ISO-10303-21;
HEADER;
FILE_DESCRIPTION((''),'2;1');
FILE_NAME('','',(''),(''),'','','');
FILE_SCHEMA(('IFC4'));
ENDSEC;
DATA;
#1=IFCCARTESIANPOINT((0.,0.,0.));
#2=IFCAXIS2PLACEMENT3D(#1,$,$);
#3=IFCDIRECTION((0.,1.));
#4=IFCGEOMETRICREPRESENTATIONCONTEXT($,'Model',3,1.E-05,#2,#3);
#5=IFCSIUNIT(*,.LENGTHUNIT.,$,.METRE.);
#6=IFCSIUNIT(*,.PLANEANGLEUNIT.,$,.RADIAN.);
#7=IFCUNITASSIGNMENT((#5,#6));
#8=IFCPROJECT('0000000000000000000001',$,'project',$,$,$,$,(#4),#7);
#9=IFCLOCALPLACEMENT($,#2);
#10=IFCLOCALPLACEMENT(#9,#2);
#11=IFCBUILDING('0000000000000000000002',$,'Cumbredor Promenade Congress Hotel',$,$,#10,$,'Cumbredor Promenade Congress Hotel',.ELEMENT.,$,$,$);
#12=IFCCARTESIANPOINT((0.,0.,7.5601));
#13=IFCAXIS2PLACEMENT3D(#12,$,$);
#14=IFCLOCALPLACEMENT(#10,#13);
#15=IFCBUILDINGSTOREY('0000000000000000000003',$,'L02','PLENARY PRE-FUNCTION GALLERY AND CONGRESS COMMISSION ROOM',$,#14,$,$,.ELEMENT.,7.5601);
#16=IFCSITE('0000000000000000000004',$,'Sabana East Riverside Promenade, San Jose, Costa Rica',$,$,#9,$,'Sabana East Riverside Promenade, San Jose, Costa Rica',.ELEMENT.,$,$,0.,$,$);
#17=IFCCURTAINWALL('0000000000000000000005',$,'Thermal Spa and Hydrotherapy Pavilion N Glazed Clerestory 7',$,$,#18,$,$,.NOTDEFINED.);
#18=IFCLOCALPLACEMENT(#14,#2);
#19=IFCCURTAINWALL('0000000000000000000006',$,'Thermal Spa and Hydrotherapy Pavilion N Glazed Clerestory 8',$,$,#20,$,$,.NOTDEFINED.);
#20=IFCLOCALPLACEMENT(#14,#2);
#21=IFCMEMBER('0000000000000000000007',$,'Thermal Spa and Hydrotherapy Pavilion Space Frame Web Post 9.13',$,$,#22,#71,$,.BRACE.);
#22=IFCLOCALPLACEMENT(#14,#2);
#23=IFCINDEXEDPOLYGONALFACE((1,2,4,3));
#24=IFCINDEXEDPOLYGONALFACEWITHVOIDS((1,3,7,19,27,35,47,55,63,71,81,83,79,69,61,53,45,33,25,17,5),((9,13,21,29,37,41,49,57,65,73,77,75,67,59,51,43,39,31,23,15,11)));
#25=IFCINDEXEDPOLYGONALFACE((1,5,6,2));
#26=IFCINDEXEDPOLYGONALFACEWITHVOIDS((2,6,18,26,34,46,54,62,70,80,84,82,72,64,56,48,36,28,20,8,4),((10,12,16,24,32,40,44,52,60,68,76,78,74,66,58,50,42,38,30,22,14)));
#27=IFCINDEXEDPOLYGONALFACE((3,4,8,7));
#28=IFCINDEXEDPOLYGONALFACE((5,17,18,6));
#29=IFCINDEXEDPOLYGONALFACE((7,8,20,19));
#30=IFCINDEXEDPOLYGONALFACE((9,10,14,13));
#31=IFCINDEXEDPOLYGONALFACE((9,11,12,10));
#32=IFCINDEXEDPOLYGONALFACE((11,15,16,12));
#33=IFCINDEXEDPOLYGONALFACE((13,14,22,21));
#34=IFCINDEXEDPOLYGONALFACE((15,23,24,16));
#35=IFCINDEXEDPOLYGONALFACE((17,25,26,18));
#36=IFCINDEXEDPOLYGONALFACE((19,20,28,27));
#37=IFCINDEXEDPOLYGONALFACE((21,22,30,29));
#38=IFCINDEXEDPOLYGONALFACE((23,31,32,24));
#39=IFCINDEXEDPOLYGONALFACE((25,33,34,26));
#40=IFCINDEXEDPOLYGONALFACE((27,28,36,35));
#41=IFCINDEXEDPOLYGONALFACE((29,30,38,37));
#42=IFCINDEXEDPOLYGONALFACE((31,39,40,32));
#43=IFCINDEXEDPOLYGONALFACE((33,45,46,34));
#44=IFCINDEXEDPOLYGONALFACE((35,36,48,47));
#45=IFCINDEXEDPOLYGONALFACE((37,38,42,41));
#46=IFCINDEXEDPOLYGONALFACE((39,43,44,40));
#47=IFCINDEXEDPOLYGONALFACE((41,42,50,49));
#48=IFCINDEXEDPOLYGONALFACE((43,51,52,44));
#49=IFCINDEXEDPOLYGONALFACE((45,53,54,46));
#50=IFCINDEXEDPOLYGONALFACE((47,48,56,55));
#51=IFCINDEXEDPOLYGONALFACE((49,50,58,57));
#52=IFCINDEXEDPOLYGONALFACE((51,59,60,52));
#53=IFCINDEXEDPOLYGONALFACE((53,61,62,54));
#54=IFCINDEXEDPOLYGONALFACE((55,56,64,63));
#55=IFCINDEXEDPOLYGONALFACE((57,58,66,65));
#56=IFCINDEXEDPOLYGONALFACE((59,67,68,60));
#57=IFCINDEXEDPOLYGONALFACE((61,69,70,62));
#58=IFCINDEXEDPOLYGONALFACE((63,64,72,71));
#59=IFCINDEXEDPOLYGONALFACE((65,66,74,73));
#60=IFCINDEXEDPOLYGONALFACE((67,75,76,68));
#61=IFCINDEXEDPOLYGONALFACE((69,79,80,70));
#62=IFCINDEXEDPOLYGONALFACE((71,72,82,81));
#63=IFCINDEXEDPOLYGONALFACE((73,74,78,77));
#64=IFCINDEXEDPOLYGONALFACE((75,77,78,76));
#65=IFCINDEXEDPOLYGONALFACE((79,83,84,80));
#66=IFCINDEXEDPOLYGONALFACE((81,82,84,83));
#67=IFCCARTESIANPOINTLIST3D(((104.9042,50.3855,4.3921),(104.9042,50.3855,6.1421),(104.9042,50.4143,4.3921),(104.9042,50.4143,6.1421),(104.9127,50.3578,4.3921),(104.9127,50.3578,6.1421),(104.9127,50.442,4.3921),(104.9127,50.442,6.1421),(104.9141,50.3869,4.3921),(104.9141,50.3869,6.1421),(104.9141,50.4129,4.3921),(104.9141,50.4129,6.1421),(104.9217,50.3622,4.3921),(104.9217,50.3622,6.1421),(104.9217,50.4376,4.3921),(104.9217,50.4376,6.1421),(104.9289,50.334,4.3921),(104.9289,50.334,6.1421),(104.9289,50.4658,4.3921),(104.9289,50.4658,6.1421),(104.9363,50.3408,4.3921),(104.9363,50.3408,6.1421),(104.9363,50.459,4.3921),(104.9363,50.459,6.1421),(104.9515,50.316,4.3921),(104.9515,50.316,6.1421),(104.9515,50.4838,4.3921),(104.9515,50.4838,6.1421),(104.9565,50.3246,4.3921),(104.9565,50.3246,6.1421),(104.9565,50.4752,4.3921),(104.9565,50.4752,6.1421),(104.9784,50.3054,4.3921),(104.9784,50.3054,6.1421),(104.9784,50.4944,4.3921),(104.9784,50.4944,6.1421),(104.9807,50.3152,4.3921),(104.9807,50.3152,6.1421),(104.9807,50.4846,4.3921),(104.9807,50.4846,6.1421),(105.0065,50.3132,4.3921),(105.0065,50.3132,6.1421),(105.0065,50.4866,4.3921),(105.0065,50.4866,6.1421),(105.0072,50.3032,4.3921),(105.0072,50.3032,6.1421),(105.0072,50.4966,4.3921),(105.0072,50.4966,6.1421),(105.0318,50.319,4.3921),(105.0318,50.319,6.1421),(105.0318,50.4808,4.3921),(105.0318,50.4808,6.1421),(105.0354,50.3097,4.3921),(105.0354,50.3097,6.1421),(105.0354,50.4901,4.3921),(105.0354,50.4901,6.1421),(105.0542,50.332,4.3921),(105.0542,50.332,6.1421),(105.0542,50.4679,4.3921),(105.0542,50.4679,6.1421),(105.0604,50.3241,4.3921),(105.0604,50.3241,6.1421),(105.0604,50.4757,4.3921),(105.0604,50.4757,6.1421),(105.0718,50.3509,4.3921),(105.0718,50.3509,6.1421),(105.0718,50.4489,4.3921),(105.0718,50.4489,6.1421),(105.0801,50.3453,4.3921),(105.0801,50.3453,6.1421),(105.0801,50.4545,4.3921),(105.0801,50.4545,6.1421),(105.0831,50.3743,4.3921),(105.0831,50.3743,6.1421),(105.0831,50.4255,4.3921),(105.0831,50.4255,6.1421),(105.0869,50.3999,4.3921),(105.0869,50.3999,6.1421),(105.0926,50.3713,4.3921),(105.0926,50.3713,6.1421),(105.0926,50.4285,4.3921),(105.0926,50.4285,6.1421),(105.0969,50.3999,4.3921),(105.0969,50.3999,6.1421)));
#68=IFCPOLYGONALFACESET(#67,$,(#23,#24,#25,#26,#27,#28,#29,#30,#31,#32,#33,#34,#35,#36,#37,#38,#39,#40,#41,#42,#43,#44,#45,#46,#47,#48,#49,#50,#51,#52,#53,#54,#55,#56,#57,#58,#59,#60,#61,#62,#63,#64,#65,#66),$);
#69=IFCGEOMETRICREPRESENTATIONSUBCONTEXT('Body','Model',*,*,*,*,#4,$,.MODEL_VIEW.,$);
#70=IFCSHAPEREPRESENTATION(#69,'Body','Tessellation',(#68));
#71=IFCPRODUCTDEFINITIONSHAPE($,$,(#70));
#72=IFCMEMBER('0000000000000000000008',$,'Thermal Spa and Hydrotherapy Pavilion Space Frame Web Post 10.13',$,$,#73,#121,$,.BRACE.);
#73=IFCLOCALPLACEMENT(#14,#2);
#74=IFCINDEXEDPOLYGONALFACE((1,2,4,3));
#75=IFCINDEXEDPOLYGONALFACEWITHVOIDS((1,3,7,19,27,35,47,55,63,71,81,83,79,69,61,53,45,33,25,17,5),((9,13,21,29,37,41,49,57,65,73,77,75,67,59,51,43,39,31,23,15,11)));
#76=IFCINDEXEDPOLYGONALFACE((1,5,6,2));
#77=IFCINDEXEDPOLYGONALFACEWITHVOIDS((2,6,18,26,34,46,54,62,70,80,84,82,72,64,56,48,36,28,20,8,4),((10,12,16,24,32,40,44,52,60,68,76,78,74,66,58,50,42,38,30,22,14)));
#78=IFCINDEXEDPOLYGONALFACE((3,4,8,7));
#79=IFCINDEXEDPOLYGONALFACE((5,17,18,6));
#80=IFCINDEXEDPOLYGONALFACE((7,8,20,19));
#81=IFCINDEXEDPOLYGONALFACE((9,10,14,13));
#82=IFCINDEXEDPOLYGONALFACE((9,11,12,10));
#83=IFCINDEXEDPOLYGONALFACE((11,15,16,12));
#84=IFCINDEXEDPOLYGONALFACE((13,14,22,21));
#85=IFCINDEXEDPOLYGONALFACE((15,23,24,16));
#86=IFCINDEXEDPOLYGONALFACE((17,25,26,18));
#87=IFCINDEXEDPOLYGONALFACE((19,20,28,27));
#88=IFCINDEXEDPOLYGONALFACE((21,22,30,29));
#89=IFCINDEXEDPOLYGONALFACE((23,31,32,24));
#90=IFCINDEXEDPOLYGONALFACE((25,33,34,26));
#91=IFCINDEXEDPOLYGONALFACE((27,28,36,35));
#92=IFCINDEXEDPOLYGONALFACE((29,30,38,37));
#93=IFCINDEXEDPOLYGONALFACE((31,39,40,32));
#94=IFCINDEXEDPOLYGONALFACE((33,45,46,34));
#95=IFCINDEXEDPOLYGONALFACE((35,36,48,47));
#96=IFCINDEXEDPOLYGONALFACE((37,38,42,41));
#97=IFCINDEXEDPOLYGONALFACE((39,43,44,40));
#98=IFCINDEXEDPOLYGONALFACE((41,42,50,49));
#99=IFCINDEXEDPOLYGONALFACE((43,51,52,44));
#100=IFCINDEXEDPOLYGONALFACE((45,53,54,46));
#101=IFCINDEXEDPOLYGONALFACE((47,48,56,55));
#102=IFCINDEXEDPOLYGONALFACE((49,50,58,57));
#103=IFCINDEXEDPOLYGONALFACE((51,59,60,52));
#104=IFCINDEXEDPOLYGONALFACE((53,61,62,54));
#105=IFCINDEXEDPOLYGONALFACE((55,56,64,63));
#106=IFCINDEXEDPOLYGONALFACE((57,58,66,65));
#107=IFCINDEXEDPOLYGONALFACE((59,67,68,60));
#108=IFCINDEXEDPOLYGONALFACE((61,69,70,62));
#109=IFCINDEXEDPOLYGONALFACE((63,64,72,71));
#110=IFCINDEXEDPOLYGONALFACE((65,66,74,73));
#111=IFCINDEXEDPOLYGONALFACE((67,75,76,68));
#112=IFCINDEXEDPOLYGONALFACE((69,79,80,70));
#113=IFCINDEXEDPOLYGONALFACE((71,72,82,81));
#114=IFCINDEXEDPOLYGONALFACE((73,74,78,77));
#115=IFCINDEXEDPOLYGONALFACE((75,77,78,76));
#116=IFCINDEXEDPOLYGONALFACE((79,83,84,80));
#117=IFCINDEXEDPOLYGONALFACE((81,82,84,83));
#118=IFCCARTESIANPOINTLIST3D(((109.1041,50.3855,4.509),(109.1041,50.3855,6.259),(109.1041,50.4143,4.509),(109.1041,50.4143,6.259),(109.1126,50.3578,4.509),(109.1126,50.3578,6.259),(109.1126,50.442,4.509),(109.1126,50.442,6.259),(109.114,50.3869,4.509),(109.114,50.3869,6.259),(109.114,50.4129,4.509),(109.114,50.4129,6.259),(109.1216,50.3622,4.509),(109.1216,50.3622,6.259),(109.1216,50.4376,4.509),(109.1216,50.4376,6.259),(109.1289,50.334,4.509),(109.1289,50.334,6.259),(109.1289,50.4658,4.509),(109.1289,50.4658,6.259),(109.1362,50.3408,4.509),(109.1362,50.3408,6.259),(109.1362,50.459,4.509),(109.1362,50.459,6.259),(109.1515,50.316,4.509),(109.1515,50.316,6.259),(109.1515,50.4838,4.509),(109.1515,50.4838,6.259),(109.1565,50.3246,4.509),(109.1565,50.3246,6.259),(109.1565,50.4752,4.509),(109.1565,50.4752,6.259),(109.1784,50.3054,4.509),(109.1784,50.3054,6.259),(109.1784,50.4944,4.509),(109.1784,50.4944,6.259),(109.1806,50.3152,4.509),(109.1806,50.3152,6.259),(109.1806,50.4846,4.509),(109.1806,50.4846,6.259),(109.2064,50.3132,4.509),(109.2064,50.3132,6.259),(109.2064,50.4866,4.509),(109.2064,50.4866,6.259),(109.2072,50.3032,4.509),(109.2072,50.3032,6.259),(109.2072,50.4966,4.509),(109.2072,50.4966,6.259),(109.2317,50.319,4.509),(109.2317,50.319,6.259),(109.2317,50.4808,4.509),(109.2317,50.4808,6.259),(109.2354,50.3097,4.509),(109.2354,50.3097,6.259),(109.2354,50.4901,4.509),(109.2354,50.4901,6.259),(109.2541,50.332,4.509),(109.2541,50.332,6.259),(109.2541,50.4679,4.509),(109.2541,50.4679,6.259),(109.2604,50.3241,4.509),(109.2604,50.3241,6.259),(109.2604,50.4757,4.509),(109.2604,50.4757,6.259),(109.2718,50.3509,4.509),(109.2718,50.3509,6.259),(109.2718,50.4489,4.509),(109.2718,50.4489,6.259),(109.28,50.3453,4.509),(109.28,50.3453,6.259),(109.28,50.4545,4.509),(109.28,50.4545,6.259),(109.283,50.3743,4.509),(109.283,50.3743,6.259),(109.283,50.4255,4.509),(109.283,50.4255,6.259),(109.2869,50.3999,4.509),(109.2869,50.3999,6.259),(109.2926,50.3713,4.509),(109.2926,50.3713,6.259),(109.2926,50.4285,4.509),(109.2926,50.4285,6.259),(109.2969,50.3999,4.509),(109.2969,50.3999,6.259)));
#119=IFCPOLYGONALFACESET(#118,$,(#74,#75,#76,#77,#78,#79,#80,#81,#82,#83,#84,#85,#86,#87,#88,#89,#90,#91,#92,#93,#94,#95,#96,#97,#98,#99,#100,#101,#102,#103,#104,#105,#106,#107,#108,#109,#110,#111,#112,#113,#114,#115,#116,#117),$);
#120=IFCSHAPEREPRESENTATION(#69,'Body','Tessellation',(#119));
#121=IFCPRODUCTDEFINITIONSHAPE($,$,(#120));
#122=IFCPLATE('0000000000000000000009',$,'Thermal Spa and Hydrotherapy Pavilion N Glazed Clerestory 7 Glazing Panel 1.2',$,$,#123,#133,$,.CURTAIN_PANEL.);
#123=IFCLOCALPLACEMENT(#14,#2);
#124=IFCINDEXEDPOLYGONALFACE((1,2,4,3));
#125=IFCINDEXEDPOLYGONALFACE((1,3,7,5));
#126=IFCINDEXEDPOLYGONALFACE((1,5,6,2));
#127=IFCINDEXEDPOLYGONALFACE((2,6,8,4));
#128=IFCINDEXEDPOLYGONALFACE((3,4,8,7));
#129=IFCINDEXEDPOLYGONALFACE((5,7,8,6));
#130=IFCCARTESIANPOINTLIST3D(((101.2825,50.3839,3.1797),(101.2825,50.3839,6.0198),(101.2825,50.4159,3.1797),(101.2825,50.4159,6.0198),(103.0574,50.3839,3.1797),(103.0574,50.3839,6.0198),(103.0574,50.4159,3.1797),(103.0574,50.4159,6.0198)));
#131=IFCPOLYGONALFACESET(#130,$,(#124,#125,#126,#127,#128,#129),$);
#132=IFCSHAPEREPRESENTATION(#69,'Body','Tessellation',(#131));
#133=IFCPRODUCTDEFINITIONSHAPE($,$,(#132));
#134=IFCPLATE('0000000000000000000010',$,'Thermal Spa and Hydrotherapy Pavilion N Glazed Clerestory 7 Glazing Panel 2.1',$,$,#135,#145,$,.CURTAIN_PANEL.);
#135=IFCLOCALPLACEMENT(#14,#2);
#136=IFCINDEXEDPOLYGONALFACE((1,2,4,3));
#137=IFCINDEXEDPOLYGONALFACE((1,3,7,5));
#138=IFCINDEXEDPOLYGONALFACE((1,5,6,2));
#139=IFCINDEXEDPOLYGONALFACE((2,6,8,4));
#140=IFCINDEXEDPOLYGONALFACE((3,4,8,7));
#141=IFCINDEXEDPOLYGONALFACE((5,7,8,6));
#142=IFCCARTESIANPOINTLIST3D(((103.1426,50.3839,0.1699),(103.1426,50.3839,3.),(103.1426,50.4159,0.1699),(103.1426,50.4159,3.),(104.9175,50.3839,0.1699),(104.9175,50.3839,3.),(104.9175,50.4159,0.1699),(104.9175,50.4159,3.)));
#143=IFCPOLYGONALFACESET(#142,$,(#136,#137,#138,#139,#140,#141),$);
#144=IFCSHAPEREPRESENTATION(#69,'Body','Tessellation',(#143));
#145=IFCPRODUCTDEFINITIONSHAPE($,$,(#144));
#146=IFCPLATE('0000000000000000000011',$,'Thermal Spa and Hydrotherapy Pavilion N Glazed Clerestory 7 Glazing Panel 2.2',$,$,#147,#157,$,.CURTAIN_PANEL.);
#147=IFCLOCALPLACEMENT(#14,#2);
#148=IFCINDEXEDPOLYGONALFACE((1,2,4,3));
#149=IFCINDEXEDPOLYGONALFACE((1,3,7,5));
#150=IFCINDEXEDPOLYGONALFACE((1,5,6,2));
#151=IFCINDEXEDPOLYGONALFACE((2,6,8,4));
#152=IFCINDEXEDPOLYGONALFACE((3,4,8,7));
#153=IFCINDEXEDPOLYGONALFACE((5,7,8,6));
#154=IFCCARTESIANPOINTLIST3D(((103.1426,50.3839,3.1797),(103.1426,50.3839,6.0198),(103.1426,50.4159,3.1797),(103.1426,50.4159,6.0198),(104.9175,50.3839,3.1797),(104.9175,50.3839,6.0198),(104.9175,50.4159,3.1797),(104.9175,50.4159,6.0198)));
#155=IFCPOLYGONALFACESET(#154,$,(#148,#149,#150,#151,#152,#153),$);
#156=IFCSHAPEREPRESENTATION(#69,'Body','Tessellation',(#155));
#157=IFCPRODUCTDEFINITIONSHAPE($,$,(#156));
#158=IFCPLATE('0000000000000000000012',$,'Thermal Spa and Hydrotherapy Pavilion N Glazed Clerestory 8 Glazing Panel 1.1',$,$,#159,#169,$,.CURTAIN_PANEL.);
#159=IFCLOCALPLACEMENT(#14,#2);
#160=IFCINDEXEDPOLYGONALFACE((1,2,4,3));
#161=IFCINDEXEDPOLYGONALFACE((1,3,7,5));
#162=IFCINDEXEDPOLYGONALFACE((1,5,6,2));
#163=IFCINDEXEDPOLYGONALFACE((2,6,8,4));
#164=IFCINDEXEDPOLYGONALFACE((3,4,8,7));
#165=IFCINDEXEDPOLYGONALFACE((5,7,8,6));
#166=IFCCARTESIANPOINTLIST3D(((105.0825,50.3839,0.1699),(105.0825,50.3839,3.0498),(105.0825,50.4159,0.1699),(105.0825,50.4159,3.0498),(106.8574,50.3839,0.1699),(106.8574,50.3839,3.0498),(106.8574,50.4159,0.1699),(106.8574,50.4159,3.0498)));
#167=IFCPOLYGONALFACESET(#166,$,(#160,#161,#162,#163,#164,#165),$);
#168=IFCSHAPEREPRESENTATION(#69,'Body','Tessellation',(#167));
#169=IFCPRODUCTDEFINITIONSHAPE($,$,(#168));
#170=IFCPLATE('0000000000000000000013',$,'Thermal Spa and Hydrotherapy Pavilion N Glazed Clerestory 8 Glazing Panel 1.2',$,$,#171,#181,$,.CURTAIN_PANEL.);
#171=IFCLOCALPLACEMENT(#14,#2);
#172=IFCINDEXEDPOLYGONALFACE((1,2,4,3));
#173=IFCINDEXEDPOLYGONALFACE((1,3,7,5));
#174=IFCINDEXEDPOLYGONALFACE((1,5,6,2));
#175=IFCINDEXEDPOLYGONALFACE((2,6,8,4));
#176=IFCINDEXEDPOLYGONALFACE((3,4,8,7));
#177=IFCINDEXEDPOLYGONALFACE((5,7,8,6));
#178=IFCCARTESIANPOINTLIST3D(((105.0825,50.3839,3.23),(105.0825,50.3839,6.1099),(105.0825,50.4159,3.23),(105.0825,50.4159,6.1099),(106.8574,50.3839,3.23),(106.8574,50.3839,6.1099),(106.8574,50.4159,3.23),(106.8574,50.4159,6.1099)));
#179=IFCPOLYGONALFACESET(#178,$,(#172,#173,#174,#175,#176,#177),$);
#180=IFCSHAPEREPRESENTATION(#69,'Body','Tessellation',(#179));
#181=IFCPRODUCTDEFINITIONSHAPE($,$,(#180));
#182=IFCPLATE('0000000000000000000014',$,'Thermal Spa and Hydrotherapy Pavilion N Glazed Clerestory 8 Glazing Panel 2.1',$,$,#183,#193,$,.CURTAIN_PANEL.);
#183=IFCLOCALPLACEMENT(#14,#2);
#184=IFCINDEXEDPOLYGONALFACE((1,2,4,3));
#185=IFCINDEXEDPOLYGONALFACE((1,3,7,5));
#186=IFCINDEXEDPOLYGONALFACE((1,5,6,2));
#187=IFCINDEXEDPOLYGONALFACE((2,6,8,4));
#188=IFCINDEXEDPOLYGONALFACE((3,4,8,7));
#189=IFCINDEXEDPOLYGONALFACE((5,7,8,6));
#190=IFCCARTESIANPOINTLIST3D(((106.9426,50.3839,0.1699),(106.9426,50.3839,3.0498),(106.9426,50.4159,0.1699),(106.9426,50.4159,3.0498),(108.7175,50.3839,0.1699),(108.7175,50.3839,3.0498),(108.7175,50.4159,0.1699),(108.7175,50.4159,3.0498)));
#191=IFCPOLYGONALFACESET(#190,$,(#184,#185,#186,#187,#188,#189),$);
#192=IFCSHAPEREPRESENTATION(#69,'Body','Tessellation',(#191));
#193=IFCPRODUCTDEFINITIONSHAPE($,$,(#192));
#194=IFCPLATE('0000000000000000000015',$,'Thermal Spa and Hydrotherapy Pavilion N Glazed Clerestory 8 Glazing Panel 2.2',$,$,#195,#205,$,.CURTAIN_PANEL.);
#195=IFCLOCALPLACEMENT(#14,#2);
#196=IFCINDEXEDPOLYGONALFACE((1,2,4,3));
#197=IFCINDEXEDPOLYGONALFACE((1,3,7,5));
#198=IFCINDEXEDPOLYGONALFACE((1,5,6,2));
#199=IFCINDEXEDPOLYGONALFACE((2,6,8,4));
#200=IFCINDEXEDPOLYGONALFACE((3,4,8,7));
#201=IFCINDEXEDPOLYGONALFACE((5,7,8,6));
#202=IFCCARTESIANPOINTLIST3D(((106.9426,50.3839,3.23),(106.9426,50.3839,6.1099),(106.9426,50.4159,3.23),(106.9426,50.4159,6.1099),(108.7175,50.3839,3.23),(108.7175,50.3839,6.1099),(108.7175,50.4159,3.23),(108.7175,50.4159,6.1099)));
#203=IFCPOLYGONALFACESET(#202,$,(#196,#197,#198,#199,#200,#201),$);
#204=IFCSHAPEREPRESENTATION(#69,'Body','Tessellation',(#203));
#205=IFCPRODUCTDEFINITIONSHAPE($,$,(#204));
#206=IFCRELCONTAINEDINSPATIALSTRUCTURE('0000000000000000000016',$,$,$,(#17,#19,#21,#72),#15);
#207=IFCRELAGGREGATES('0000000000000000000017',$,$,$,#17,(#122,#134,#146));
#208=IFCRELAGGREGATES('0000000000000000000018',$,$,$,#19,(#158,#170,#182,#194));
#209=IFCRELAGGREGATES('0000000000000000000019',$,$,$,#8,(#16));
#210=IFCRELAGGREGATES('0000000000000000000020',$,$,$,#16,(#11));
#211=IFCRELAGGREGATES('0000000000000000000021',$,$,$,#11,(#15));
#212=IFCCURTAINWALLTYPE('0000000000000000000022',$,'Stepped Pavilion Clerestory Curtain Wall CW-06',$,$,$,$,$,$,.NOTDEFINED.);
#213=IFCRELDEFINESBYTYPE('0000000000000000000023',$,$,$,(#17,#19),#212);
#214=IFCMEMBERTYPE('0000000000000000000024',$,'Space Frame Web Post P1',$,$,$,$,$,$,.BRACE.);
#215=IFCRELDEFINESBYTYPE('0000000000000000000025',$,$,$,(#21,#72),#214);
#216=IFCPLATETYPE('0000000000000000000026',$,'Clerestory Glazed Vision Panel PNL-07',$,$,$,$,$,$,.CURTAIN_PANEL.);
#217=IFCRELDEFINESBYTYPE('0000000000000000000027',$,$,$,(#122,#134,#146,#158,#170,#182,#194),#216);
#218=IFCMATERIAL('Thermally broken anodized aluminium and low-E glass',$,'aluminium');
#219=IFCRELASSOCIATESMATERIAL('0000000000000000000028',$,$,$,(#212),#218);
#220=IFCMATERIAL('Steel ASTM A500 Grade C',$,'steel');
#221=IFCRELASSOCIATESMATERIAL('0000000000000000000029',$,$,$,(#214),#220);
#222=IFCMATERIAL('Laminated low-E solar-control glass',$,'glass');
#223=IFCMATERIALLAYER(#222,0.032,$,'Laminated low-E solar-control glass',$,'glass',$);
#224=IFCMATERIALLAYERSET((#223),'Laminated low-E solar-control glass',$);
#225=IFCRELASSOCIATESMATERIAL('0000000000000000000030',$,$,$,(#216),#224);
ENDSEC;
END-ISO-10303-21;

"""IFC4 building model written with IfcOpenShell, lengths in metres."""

from ifc_helpers import new_model, si_unit, direction, frame, origin, origin_2d, place, context, subcontext, project, spatial, rectangle, hollow_circle, extrude, material, layer, layer_set, material_profile, profile_set, type_object, element, aggregate, save


model = new_model("IFC4")

# Units and contexts
model_context = context("Model", 3, precision=1e-05, world=origin(), true_north=direction((0.0, 1.0)))
body_context = subcontext(model_context, "Body", "Model", "MODEL_VIEW")
ifc_project = project(units=[si_unit("LENGTHUNIT", "METRE"), si_unit("PLANEANGLEUNIT", "RADIAN")], contexts=[model_context])

# Site, building, storey
site_placement = place(None, origin())
site = spatial("IfcSite", under=ifc_project, at=site_placement, Name="Sabana East Riverside Promenade, San Jose, Costa Rica", LongName="Sabana East Riverside Promenade, San Jose, Costa Rica", CompositionType="ELEMENT", RefElevation=0.0)
building_placement = place(site_placement, origin())
building = spatial("IfcBuilding", under=site, at=building_placement, Name="Cumbredor Promenade Congress Hotel", LongName="Cumbredor Promenade Congress Hotel", CompositionType="ELEMENT")
storey_placement = place(building_placement, frame((0.0, 0.0, 7.5601)))
storey = spatial("IfcBuildingStorey", under=building, at=storey_placement, Name="L02", Description="PLENARY PRE-FUNCTION GALLERY AND CONGRESS COMMISSION ROOM", CompositionType="ELEMENT", Elevation=7.5601)

# Curtain walls
ifc_material_1 = material(Name="Thermally broken anodized aluminium and low-E glass", Category="aluminium")
curtain_wall_type = type_object("IfcCurtainWallType", Name="Stepped Pavilion Clerestory Curtain Wall CW-06", PredefinedType="NOTDEFINED", material=ifc_material_1)
curtain_wall_1_placement = place(storey_placement, origin())
curtain_wall_1 = element("IfcCurtainWall", 1, at=curtain_wall_1_placement, inside=storey, type_object=curtain_wall_type, Name="Thermal Spa and Hydrotherapy Pavilion N Glazed Clerestory 7", PredefinedType="NOTDEFINED")
curtain_wall_2_placement = place(storey_placement, origin())
curtain_wall_2 = element("IfcCurtainWall", 2, at=curtain_wall_2_placement, inside=storey, type_object=curtain_wall_type, Name="Thermal Spa and Hydrotherapy Pavilion N Glazed Clerestory 8", PredefinedType="NOTDEFINED")

# Members
ifc_material_2 = material(Name="Steel ASTM A500 Grade C", Category="steel")
ifc_material_profile_1 = material_profile(ifc_material_2, hollow_circle(Radius=0.0969, WallThickness=0.01, at=origin_2d()), Name="CHS 193.7x10")
ifc_profile_set_1 = profile_set([ifc_material_profile_1], Name="Steel ASTM A500 Grade C")
member_type_1 = type_object("IfcMemberType", Name="Space Frame Web Post P1", PredefinedType="BRACE", material=ifc_profile_set_1)
for number, where, z_axis, x_axis, name in (
    (3, (105.0, 50.3999, 4.3921), (0.0, 0.0, 1.0), (1.0, 0.0, 0.0), "Thermal Spa and Hydrotherapy Pavilion Space Frame Web Post 9.13"),
    (4, (109.2, 50.3999, 4.509), (0.0, 0.0, 1.0), (1.0, 0.0, 0.0), "Thermal Spa and Hydrotherapy Pavilion Space Frame Web Post 10.13"),
):
    element("IfcMember", number, at=place(storey_placement, frame(where, z_axis=z_axis, x_axis=x_axis)), inside=storey, type_object=member_type_1, Name=name, PredefinedType="BRACE", context=body_context, shape_type="SweptSolid", body=[
        extrude(hollow_circle(Radius=0.0969, WallThickness=0.01, at=origin_2d()), origin(), (0.0, 0.0, 1.0), 1.75),
    ])

# Plates
ifc_material_3 = material(Name="Laminated low-E solar-control glass", Category="glass")
ifc_layer_1 = layer(ifc_material_3, 0.032, Name="Laminated low-E solar-control glass", Category="glass")
ifc_layer_set_1 = layer_set([ifc_layer_1], Name="Laminated low-E solar-control glass")
plate_type_1 = type_object("IfcPlateType", Name="Clerestory Glazed Vision Panel PNL-07", PredefinedType="CURTAIN_PANEL", material=ifc_layer_set_1)
plate_1_placement = place(storey_placement, frame((102.1699, 50.3999, 3.1797), z_axis=(0.0, 0.0, 1.0), x_axis=(1.0, 0.0, 0.0)))
plate_1 = element("IfcPlate", 5, at=plate_1_placement, type_object=plate_type_1, Name="Thermal Spa and Hydrotherapy Pavilion N Glazed Clerestory 7 Glazing Panel 1.2", PredefinedType="CURTAIN_PANEL", context=body_context, shape_type="SweptSolid", body=[
    extrude(rectangle(XDim=1.7749, YDim=0.032, at=origin_2d()), origin(), (0.0, 0.0, 1.0), 2.8401),
])
plate_2_placement = place(storey_placement, frame((104.03, 50.3999, 0.1699), z_axis=(0.0, 0.0, 1.0), x_axis=(1.0, 0.0, 0.0)))
plate_2 = element("IfcPlate", 6, at=plate_2_placement, type_object=plate_type_1, Name="Thermal Spa and Hydrotherapy Pavilion N Glazed Clerestory 7 Glazing Panel 2.1", PredefinedType="CURTAIN_PANEL", context=body_context, shape_type="SweptSolid", body=[
    extrude(rectangle(XDim=1.7749, YDim=0.032, at=origin_2d()), origin(), (0.0, 0.0, 1.0), 2.8301),
])
plate_3_placement = place(storey_placement, frame((104.03, 50.3999, 3.1797), z_axis=(0.0, 0.0, 1.0), x_axis=(1.0, 0.0, 0.0)))
plate_3 = element("IfcPlate", 7, at=plate_3_placement, type_object=plate_type_1, Name="Thermal Spa and Hydrotherapy Pavilion N Glazed Clerestory 7 Glazing Panel 2.2", PredefinedType="CURTAIN_PANEL", context=body_context, shape_type="SweptSolid", body=[
    extrude(rectangle(XDim=1.7749, YDim=0.032, at=origin_2d()), origin(), (0.0, 0.0, 1.0), 2.8401),
])
aggregate(curtain_wall_1, [plate_1, plate_2, plate_3])
plate_4_placement = place(storey_placement, frame((105.97, 50.3999, 0.1699), z_axis=(0.0, 0.0, 1.0), x_axis=(1.0, 0.0, 0.0)))
plate_4 = element("IfcPlate", 8, at=plate_4_placement, type_object=plate_type_1, Name="Thermal Spa and Hydrotherapy Pavilion N Glazed Clerestory 8 Glazing Panel 1.1", PredefinedType="CURTAIN_PANEL", context=body_context, shape_type="SweptSolid", body=[
    extrude(rectangle(XDim=1.7749, YDim=0.032, at=origin_2d()), origin(), (0.0, 0.0, 1.0), 2.8799),
])
plate_5_placement = place(storey_placement, frame((105.97, 50.3999, 3.23), z_axis=(0.0, 0.0, 1.0), x_axis=(1.0, 0.0, 0.0)))
plate_5 = element("IfcPlate", 9, at=plate_5_placement, type_object=plate_type_1, Name="Thermal Spa and Hydrotherapy Pavilion N Glazed Clerestory 8 Glazing Panel 1.2", PredefinedType="CURTAIN_PANEL", context=body_context, shape_type="SweptSolid", body=[
    extrude(rectangle(XDim=1.7749, YDim=0.032, at=origin_2d()), origin(), (0.0, 0.0, 1.0), 2.8799),
])
plate_6_placement = place(storey_placement, frame((107.8301, 50.3999, 0.1699), z_axis=(0.0, 0.0, 1.0), x_axis=(1.0, 0.0, 0.0)))
plate_6 = element("IfcPlate", 10, at=plate_6_placement, type_object=plate_type_1, Name="Thermal Spa and Hydrotherapy Pavilion N Glazed Clerestory 8 Glazing Panel 2.1", PredefinedType="CURTAIN_PANEL", context=body_context, shape_type="SweptSolid", body=[
    extrude(rectangle(XDim=1.7749, YDim=0.032, at=origin_2d()), origin(), (0.0, 0.0, 1.0), 2.8799),
])
plate_7_placement = place(storey_placement, frame((107.8301, 50.3999, 3.23), z_axis=(0.0, 0.0, 1.0), x_axis=(1.0, 0.0, 0.0)))
plate_7 = element("IfcPlate", 11, at=plate_7_placement, type_object=plate_type_1, Name="Thermal Spa and Hydrotherapy Pavilion N Glazed Clerestory 8 Glazing Panel 2.2", PredefinedType="CURTAIN_PANEL", context=body_context, shape_type="SweptSolid", body=[
    extrude(rectangle(XDim=1.7749, YDim=0.032, at=origin_2d()), origin(), (0.0, 0.0, 1.0), 2.8799),
])
aggregate(curtain_wall_2, [plate_4, plate_5, plate_6, plate_7])

save(model, "model.ifc")
